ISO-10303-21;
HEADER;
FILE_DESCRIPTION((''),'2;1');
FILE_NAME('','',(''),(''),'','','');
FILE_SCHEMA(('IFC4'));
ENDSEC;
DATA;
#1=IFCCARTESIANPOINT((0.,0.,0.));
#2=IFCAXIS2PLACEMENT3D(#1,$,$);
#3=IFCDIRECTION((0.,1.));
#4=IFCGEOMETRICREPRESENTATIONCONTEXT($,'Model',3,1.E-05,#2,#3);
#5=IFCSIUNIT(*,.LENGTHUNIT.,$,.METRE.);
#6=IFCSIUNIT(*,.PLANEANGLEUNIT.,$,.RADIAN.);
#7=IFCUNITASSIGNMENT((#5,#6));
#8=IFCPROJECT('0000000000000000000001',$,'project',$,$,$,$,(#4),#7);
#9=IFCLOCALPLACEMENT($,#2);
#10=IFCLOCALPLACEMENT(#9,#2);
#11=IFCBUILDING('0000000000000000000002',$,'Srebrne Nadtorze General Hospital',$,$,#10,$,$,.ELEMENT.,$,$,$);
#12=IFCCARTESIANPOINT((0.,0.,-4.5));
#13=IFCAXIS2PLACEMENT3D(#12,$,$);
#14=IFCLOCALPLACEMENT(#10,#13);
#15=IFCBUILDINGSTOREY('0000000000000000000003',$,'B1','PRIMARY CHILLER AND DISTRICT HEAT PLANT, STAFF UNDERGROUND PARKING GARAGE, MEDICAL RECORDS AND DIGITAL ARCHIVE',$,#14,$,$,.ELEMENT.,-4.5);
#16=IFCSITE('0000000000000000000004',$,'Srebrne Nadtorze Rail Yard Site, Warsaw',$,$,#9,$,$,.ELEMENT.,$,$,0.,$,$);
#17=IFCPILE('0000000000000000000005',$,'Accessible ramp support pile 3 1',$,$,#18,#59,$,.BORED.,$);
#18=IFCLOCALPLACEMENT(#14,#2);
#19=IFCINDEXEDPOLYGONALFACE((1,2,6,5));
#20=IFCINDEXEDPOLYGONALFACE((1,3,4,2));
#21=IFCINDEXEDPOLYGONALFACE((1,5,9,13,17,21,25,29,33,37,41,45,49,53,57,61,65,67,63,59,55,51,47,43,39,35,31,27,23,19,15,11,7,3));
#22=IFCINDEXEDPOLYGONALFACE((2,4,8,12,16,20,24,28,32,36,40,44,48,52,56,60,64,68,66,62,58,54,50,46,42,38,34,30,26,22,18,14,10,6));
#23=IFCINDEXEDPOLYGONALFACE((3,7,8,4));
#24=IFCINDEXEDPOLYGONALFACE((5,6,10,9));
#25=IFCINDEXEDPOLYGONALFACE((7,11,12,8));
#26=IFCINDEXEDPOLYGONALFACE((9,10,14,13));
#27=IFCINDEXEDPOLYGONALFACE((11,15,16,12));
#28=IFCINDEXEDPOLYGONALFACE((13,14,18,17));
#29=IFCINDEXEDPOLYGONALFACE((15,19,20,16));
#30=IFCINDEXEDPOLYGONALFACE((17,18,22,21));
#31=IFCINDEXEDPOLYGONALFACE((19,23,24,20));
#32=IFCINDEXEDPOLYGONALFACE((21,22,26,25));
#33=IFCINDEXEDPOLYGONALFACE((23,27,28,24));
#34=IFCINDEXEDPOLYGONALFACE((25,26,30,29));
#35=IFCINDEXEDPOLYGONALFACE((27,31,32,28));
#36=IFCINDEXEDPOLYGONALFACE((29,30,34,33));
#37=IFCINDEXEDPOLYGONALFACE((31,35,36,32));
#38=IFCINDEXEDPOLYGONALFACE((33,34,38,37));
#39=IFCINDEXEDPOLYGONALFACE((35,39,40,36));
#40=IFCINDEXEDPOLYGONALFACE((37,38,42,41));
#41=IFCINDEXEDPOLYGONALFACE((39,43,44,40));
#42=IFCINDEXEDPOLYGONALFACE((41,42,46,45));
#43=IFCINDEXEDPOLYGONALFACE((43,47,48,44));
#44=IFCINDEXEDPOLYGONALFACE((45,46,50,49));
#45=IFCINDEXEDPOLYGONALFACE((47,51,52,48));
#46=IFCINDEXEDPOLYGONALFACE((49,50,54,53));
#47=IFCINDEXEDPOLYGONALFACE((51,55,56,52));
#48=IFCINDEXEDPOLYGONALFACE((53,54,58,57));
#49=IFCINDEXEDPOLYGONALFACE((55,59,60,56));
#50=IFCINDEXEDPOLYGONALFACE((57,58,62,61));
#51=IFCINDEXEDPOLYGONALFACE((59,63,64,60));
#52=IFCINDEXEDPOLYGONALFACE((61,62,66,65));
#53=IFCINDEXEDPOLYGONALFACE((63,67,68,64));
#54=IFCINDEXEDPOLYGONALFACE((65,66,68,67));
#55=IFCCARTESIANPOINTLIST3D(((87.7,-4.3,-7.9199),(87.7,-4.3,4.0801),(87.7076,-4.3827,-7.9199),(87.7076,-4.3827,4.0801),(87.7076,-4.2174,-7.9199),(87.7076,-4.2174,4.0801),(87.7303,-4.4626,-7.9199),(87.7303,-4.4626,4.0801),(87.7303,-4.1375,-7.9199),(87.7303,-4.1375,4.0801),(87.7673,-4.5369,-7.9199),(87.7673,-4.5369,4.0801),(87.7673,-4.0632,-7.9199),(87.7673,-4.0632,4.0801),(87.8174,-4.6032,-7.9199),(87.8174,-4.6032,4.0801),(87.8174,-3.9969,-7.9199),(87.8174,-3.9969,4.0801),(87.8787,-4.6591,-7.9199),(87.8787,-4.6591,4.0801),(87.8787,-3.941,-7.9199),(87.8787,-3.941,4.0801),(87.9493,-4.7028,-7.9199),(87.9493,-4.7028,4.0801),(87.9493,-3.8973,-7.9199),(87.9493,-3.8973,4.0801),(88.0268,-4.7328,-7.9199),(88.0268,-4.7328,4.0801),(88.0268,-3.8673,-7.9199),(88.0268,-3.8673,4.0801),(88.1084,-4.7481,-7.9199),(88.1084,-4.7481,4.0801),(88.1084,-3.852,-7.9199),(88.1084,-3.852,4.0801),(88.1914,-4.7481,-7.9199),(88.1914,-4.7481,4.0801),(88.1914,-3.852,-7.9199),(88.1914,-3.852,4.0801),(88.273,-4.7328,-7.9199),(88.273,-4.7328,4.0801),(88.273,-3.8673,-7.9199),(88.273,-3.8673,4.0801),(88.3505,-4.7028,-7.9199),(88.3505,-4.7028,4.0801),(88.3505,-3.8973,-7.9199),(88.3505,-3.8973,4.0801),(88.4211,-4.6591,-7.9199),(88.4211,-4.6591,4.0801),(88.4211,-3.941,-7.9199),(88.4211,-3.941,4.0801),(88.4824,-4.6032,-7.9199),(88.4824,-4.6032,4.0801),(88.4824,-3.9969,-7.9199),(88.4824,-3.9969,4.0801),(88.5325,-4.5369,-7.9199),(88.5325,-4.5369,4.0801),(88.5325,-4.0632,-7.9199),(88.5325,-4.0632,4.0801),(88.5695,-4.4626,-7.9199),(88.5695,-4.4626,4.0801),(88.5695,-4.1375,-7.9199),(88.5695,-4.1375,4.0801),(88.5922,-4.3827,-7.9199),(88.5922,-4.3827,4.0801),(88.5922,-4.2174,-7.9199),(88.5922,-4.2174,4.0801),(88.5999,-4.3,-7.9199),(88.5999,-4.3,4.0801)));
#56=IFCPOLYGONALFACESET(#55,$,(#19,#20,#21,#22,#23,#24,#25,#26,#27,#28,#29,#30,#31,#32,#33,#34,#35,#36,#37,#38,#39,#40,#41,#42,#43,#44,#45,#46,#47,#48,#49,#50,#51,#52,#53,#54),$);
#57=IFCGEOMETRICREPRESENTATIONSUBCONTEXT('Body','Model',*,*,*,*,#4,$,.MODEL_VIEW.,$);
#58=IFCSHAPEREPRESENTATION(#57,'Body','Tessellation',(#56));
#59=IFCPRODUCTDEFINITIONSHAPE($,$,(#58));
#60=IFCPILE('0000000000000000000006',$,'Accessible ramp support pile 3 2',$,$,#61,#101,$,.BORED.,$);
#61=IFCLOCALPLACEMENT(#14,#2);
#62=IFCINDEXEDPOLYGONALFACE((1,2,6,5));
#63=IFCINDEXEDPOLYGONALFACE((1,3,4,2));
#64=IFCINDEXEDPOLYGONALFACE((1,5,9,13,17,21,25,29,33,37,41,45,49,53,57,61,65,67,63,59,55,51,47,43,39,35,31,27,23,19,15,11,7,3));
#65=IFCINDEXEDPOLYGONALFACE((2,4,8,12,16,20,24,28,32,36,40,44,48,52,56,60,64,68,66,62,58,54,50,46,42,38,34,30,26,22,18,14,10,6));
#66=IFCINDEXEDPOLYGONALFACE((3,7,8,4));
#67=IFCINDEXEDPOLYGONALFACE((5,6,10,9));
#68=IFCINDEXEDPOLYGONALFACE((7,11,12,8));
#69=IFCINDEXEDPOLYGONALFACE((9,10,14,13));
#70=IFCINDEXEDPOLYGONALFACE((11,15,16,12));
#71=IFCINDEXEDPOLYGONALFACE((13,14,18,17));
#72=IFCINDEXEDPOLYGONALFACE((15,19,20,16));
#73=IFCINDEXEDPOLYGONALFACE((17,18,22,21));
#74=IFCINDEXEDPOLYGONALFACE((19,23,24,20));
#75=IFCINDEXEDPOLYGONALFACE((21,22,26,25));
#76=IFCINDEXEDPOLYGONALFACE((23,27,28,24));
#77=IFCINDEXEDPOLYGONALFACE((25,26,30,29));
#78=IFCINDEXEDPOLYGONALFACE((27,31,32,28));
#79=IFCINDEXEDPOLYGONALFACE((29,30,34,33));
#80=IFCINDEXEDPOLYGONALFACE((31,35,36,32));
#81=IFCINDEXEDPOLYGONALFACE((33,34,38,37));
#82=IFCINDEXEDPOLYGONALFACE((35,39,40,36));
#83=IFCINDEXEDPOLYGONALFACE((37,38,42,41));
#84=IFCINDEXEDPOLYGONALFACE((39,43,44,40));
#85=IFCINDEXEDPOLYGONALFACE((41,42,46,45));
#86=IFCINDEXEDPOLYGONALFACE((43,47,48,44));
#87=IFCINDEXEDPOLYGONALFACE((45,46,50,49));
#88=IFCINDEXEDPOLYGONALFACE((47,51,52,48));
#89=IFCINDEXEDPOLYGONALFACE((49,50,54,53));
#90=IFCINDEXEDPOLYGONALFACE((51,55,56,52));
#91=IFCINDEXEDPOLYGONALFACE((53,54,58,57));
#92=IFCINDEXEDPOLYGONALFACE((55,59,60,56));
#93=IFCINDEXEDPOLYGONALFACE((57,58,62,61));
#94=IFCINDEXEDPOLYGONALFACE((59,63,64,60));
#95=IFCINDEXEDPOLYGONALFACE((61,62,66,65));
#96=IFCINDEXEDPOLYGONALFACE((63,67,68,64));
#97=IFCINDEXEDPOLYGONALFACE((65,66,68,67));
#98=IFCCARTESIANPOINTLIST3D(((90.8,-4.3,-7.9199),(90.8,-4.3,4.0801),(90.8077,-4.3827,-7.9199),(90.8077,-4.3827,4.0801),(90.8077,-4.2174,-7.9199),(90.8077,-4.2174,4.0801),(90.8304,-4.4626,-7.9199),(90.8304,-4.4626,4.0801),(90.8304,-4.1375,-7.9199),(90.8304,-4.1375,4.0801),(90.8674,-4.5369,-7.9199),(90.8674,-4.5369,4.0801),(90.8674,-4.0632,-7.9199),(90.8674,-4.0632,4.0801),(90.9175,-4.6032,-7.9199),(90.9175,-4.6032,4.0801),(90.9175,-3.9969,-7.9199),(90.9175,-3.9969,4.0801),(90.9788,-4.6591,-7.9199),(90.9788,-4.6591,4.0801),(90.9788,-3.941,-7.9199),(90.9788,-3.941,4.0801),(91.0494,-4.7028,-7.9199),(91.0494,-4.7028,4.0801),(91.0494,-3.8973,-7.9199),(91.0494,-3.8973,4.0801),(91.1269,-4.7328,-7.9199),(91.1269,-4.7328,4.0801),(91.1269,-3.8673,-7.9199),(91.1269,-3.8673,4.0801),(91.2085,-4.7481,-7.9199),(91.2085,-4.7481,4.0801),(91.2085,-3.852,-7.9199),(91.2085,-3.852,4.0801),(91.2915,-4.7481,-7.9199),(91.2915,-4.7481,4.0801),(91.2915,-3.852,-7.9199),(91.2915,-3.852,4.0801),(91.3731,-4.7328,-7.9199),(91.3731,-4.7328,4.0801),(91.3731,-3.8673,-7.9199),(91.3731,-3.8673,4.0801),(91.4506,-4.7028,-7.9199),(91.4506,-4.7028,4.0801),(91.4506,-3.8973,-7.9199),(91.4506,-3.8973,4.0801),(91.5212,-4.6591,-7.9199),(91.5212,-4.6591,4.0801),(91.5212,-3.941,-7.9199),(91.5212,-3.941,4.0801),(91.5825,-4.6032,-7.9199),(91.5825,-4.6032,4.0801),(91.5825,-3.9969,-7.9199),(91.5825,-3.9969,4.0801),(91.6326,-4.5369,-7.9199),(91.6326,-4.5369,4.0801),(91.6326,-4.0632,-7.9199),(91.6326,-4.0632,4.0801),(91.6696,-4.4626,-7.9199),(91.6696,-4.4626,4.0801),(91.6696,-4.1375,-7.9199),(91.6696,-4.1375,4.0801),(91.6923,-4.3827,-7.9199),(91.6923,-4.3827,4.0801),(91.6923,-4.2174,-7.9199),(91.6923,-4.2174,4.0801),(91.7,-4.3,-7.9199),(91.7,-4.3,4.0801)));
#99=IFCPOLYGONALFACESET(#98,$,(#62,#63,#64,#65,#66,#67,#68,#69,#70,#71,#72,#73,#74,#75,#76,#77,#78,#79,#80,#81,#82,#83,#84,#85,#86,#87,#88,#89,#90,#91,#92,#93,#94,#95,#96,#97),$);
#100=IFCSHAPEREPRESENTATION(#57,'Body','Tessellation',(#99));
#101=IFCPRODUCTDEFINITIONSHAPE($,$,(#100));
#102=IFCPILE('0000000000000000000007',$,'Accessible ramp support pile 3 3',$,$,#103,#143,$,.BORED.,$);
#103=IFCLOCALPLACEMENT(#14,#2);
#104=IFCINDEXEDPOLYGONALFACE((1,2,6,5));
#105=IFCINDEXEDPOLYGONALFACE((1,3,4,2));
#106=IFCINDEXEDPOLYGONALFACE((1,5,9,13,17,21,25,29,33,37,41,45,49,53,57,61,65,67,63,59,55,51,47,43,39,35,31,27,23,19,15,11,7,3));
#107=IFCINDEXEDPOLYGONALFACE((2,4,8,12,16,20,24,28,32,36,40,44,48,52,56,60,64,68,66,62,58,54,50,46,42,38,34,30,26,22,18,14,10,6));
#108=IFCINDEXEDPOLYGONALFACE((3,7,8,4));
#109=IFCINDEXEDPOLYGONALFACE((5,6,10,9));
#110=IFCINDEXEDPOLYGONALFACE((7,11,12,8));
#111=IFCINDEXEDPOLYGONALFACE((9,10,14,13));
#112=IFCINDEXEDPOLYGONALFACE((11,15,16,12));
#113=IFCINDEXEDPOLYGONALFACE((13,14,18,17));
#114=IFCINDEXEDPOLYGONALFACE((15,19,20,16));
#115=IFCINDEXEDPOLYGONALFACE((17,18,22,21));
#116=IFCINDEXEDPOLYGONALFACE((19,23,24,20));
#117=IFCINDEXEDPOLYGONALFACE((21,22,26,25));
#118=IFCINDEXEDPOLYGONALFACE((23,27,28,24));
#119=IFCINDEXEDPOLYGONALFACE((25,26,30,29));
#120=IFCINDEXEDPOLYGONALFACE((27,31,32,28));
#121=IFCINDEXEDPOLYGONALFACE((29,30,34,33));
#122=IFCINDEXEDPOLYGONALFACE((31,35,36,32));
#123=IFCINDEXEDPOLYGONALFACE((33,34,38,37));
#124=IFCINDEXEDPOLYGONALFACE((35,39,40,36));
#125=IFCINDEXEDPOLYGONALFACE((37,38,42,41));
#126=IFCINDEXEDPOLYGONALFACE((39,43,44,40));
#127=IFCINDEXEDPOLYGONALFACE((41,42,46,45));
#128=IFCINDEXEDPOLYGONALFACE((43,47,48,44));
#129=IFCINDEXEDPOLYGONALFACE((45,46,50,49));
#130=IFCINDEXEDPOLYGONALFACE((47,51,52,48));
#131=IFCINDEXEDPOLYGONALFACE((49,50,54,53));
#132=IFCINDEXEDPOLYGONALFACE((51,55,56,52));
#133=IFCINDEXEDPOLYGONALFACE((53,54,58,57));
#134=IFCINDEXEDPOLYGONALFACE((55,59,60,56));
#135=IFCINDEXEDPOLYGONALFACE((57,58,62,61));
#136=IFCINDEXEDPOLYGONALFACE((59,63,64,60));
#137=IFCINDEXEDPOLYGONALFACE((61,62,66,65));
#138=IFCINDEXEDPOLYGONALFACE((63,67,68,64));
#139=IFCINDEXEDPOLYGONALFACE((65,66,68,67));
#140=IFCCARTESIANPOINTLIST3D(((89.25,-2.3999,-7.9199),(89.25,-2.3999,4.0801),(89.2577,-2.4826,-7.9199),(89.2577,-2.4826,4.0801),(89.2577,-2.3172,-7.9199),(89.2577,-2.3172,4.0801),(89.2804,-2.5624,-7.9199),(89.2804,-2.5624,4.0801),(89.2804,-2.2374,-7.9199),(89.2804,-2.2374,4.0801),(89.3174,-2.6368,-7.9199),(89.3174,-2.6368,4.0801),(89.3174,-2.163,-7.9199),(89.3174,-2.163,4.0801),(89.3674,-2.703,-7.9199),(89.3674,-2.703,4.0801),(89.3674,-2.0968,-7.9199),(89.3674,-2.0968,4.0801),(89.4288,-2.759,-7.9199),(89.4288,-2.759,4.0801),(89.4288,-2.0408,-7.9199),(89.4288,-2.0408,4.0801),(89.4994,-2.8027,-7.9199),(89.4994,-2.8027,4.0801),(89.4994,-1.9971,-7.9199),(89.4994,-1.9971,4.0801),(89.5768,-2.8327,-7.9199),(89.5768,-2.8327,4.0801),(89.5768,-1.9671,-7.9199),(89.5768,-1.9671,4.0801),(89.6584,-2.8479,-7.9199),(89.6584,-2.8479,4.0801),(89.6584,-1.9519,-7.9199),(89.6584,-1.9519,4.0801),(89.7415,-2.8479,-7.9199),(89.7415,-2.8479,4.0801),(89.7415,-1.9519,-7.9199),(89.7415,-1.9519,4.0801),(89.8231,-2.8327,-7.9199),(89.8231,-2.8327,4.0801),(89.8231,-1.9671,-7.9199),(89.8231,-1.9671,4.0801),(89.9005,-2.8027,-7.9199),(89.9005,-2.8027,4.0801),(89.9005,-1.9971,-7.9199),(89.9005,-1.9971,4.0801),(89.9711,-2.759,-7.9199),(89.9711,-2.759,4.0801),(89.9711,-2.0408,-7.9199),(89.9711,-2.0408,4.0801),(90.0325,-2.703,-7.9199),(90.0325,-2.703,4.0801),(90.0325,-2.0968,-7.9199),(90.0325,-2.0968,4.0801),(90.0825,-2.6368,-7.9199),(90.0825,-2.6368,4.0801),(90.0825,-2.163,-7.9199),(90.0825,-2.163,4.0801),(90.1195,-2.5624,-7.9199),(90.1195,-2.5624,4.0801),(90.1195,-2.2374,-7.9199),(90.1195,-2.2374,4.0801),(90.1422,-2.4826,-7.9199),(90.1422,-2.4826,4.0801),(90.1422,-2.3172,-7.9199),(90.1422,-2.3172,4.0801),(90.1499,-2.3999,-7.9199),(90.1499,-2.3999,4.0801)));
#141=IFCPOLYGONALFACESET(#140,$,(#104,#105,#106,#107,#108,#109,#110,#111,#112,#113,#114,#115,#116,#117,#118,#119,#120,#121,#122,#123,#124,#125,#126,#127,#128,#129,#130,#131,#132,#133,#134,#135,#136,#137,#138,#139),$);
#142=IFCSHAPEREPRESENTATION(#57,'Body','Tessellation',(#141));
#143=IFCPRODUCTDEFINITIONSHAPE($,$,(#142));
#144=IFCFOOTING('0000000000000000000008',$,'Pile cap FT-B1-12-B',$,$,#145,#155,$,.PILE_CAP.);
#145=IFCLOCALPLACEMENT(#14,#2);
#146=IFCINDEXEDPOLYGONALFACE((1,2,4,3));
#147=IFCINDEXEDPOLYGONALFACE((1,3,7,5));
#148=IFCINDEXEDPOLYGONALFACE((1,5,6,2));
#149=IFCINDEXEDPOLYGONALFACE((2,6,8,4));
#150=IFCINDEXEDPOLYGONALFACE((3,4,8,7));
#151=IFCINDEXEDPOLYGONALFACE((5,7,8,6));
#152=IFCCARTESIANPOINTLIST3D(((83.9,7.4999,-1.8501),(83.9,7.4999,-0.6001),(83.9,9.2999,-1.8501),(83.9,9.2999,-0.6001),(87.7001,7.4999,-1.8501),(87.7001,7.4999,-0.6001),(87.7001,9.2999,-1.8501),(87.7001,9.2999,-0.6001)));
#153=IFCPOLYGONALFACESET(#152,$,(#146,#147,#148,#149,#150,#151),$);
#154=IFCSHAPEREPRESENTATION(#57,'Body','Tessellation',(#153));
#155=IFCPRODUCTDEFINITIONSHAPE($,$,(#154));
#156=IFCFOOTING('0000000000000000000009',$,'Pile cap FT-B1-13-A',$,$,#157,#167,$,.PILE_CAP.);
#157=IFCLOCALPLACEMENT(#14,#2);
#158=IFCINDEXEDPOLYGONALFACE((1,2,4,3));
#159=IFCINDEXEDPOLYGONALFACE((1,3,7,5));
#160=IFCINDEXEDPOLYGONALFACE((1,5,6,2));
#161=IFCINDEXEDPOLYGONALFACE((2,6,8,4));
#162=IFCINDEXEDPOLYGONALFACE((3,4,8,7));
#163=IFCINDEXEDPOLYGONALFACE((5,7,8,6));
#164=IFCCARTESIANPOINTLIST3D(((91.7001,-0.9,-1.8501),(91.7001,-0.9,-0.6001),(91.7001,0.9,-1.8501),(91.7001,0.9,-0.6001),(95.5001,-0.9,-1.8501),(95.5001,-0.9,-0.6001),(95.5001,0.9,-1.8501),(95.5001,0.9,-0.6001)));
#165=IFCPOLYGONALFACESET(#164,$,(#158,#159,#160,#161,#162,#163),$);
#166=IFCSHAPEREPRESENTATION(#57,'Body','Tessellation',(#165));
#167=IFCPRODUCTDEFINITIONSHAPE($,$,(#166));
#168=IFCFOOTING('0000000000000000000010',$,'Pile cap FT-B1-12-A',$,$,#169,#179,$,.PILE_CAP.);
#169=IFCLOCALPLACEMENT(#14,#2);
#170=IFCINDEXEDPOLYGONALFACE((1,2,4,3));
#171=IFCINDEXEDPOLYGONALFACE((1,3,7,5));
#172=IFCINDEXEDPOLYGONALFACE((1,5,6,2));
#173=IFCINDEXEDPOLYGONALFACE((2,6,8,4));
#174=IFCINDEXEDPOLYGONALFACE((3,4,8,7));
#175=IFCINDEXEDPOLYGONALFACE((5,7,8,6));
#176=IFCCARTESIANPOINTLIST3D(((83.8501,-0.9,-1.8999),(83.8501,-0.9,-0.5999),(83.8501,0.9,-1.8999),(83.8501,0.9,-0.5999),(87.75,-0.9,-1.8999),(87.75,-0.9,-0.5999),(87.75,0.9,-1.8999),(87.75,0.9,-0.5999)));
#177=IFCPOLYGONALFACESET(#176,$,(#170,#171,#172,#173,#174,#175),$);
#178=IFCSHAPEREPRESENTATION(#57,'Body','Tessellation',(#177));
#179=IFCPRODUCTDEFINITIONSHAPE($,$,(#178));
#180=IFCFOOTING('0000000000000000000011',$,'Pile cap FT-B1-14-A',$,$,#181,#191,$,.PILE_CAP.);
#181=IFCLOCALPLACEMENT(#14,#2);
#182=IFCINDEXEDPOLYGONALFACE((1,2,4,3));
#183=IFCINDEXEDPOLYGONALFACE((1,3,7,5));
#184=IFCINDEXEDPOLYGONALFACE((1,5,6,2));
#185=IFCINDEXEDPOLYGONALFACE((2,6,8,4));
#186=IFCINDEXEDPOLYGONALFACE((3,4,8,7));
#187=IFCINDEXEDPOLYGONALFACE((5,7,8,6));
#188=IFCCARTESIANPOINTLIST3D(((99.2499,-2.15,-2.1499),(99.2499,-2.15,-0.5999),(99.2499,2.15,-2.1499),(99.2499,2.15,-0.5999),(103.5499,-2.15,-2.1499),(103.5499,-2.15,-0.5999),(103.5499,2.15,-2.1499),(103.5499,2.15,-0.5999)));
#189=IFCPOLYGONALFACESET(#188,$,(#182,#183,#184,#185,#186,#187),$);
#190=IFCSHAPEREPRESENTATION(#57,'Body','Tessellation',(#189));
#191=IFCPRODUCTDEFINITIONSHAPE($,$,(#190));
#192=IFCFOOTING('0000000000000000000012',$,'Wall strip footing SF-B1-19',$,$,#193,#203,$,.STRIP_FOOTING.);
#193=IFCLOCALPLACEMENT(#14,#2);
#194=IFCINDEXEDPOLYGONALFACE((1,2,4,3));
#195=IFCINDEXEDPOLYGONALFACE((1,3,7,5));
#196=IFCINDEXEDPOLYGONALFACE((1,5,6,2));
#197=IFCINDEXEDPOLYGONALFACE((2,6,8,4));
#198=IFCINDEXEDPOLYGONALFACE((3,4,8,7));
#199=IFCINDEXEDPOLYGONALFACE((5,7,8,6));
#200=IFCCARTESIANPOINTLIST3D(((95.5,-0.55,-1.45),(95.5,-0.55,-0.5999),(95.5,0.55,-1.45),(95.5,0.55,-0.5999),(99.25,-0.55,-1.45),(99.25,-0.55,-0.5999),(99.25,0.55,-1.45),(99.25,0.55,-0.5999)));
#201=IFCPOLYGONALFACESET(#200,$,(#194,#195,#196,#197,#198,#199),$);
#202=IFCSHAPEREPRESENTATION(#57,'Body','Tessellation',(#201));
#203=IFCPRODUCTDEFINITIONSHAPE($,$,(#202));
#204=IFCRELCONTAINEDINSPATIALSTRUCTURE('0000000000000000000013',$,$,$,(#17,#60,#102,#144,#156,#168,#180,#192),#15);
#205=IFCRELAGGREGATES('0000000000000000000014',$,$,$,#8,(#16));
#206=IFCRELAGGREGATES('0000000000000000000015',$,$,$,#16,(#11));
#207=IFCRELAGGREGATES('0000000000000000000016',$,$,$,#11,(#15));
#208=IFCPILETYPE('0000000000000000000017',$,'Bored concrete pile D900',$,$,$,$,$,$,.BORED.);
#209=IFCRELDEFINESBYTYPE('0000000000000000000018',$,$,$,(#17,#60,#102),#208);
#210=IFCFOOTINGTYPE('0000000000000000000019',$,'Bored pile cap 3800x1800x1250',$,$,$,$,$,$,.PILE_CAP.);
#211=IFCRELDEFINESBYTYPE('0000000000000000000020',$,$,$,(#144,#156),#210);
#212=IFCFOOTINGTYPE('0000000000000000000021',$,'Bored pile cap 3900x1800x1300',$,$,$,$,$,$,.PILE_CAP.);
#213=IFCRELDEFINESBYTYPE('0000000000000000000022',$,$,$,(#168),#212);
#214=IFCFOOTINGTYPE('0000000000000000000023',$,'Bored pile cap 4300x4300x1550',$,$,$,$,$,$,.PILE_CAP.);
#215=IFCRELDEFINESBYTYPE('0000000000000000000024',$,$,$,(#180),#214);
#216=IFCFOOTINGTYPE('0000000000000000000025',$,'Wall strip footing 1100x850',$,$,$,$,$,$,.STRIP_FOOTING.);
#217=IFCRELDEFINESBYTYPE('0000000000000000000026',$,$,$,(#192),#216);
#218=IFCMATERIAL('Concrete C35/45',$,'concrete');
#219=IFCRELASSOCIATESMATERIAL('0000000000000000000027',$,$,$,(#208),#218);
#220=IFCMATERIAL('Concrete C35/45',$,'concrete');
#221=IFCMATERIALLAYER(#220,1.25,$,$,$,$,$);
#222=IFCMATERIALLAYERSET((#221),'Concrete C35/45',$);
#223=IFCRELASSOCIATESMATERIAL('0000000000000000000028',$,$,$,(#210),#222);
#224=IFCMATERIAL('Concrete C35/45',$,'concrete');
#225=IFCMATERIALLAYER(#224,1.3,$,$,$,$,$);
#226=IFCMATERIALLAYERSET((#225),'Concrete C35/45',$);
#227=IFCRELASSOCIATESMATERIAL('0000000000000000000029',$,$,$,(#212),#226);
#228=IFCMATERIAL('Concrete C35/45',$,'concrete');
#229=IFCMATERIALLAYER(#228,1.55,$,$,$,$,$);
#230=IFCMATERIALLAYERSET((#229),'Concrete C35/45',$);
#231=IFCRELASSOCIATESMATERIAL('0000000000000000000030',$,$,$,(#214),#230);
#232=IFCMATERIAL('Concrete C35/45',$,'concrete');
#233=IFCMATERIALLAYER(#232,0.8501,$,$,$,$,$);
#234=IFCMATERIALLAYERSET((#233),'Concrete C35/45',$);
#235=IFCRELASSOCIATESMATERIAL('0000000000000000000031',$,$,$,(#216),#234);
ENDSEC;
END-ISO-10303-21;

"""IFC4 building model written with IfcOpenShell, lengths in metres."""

from ifc_helpers import new_model, si_unit, direction, frame, origin, origin_2d, place, context, subcontext, project, spatial, rectangle, circle, extrude, material, layer, layer_set, material_profile, profile_set, type_object, element, save


model = new_model("IFC4")

# Units and contexts
model_context = context("Model", 3, precision=1e-05, world=origin(), true_north=direction((0.0, 1.0)))
body_context = subcontext(model_context, "Body", "Model", "MODEL_VIEW")
ifc_project = project(units=[si_unit("LENGTHUNIT", "METRE"), si_unit("PLANEANGLEUNIT", "RADIAN")], contexts=[model_context])

# Site, building, storey
site_placement = place(None, origin())
site = spatial("IfcSite", under=ifc_project, at=site_placement, Name="Srebrne Nadtorze Rail Yard Site, Warsaw", CompositionType="ELEMENT", RefElevation=0.0)
building_placement = place(site_placement, origin())
building = spatial("IfcBuilding", under=site, at=building_placement, Name="Srebrne Nadtorze General Hospital", CompositionType="ELEMENT")
storey_placement = place(building_placement, frame((0.0, 0.0, -4.5)))
storey = spatial("IfcBuildingStorey", under=building, at=storey_placement, Name="B1", Description="PRIMARY CHILLER AND DISTRICT HEAT PLANT, STAFF UNDERGROUND PARKING GARAGE, MEDICAL RECORDS AND DIGITAL ARCHIVE", CompositionType="ELEMENT", Elevation=-4.5)

# Piles
ifc_material_1 = material(Name="Concrete C35/45", Category="concrete")
ifc_material_profile_1 = material_profile(ifc_material_1, circle(Radius=0.45, at=origin_2d()), Name="PILE-D900")
ifc_profile_set_1 = profile_set([ifc_material_profile_1], Name="Concrete C35/45")
pile_type_1 = type_object("IfcPileType", Name="Bored concrete pile D900", PredefinedType="BORED", material=ifc_profile_set_1)
for number, where, z_axis, x_axis, name in (
    (1, (88.1499, -4.3, 4.0801), (0.0, 0.0, -1.0), (1.0, 0.0, 0.0), "Accessible ramp support pile 3 1"),
    (2, (91.25, -4.3, 4.0801), (0.0, 0.0, -1.0), (1.0, 0.0, 0.0), "Accessible ramp support pile 3 2"),
    (3, (89.7, -2.3999, 4.0801), (0.0, 0.0, -1.0), (1.0, 0.0, 0.0), "Accessible ramp support pile 3 3"),
):
    element("IfcPile", number, at=place(storey_placement, frame(where, z_axis=z_axis, x_axis=x_axis)), inside=storey, type_object=pile_type_1, Name=name, PredefinedType="BORED", context=body_context, shape_type="SweptSolid", body=[
        extrude(circle(Radius=0.45, at=origin_2d()), origin(), (0.0, 0.0, 1.0), 12.0),
    ])

# Footings
ifc_material_2 = material(Name="Concrete C35/45", Category="concrete")
ifc_layer_1 = layer(ifc_material_2, 1.25)
ifc_layer_set_1 = layer_set([ifc_layer_1], Name="Concrete C35/45")
footing_type_1 = type_object("IfcFootingType", Name="Bored pile cap 3800x1800x1250", PredefinedType="PILE_CAP", material=ifc_layer_set_1)
for number, where, z_axis, x_axis, name in (
    (4, (85.8, 8.3999, -1.8501), (0.0, 0.0, 1.0), (1.0, 0.0, 0.0), "Pile cap FT-B1-12-B"),
    (5, (93.6001, 0.0, -1.8501), (0.0, 0.0, 1.0), (1.0, 0.0, 0.0), "Pile cap FT-B1-13-A"),
):
    element("IfcFooting", number, at=place(storey_placement, frame(where, z_axis=z_axis, x_axis=x_axis)), inside=storey, type_object=footing_type_1, Name=name, PredefinedType="PILE_CAP", context=body_context, shape_type="SweptSolid", body=[
        extrude(rectangle(XDim=3.8, YDim=1.8, at=origin_2d()), origin(), (0.0, 0.0, 1.0), 1.25),
    ])
ifc_material_3 = material(Name="Concrete C35/45", Category="concrete")
ifc_layer_2 = layer(ifc_material_3, 1.3)
ifc_layer_set_2 = layer_set([ifc_layer_2], Name="Concrete C35/45")
footing_type_2 = type_object("IfcFootingType", Name="Bored pile cap 3900x1800x1300", PredefinedType="PILE_CAP", material=ifc_layer_set_2)
footing_1_placement = place(storey_placement, frame((85.8, 0.0, -1.8999), z_axis=(0.0, 0.0, 1.0), x_axis=(1.0, 0.0, 0.0)))
element("IfcFooting", 6, at=footing_1_placement, inside=storey, type_object=footing_type_2, Name="Pile cap FT-B1-12-A", PredefinedType="PILE_CAP", context=body_context, shape_type="SweptSolid", body=[
    extrude(rectangle(XDim=3.8999, YDim=1.8, at=origin_2d()), origin(), (0.0, 0.0, 1.0), 1.3),
])
ifc_material_4 = material(Name="Concrete C35/45", Category="concrete")
ifc_layer_3 = layer(ifc_material_4, 1.55)
ifc_layer_set_3 = layer_set([ifc_layer_3], Name="Concrete C35/45")
footing_type_3 = type_object("IfcFootingType", Name="Bored pile cap 4300x4300x1550", PredefinedType="PILE_CAP", material=ifc_layer_set_3)
footing_2_placement = place(storey_placement, frame((101.3999, 0.0, -2.1499), z_axis=(0.0, 0.0, 1.0), x_axis=(1.0, 0.0, 0.0)))
element("IfcFooting", 7, at=footing_2_placement, inside=storey, type_object=footing_type_3, Name="Pile cap FT-B1-14-A", PredefinedType="PILE_CAP", context=body_context, shape_type="SweptSolid", body=[
    extrude(rectangle(XDim=4.3, YDim=4.3, at=origin_2d()), origin(), (0.0, 0.0, 1.0), 1.55),
])
ifc_material_5 = material(Name="Concrete C35/45", Category="concrete")
ifc_layer_4 = layer(ifc_material_5, 0.8501)
ifc_layer_set_4 = layer_set([ifc_layer_4], Name="Concrete C35/45")
footing_type_4 = type_object("IfcFootingType", Name="Wall strip footing 1100x850", PredefinedType="STRIP_FOOTING", material=ifc_layer_set_4)
footing_3_placement = place(storey_placement, frame((97.375, 0.0, -1.45), z_axis=(0.0, 0.0, 1.0), x_axis=(1.0, 0.0, 0.0)))
element("IfcFooting", 8, at=footing_3_placement, inside=storey, type_object=footing_type_4, Name="Wall strip footing SF-B1-19", PredefinedType="STRIP_FOOTING", context=body_context, shape_type="SweptSolid", body=[
    extrude(rectangle(XDim=3.75, YDim=1.1001, at=origin_2d()), origin(), (0.0, 0.0, 1.0), 0.8501),
])

save(model, "model.ifc")
